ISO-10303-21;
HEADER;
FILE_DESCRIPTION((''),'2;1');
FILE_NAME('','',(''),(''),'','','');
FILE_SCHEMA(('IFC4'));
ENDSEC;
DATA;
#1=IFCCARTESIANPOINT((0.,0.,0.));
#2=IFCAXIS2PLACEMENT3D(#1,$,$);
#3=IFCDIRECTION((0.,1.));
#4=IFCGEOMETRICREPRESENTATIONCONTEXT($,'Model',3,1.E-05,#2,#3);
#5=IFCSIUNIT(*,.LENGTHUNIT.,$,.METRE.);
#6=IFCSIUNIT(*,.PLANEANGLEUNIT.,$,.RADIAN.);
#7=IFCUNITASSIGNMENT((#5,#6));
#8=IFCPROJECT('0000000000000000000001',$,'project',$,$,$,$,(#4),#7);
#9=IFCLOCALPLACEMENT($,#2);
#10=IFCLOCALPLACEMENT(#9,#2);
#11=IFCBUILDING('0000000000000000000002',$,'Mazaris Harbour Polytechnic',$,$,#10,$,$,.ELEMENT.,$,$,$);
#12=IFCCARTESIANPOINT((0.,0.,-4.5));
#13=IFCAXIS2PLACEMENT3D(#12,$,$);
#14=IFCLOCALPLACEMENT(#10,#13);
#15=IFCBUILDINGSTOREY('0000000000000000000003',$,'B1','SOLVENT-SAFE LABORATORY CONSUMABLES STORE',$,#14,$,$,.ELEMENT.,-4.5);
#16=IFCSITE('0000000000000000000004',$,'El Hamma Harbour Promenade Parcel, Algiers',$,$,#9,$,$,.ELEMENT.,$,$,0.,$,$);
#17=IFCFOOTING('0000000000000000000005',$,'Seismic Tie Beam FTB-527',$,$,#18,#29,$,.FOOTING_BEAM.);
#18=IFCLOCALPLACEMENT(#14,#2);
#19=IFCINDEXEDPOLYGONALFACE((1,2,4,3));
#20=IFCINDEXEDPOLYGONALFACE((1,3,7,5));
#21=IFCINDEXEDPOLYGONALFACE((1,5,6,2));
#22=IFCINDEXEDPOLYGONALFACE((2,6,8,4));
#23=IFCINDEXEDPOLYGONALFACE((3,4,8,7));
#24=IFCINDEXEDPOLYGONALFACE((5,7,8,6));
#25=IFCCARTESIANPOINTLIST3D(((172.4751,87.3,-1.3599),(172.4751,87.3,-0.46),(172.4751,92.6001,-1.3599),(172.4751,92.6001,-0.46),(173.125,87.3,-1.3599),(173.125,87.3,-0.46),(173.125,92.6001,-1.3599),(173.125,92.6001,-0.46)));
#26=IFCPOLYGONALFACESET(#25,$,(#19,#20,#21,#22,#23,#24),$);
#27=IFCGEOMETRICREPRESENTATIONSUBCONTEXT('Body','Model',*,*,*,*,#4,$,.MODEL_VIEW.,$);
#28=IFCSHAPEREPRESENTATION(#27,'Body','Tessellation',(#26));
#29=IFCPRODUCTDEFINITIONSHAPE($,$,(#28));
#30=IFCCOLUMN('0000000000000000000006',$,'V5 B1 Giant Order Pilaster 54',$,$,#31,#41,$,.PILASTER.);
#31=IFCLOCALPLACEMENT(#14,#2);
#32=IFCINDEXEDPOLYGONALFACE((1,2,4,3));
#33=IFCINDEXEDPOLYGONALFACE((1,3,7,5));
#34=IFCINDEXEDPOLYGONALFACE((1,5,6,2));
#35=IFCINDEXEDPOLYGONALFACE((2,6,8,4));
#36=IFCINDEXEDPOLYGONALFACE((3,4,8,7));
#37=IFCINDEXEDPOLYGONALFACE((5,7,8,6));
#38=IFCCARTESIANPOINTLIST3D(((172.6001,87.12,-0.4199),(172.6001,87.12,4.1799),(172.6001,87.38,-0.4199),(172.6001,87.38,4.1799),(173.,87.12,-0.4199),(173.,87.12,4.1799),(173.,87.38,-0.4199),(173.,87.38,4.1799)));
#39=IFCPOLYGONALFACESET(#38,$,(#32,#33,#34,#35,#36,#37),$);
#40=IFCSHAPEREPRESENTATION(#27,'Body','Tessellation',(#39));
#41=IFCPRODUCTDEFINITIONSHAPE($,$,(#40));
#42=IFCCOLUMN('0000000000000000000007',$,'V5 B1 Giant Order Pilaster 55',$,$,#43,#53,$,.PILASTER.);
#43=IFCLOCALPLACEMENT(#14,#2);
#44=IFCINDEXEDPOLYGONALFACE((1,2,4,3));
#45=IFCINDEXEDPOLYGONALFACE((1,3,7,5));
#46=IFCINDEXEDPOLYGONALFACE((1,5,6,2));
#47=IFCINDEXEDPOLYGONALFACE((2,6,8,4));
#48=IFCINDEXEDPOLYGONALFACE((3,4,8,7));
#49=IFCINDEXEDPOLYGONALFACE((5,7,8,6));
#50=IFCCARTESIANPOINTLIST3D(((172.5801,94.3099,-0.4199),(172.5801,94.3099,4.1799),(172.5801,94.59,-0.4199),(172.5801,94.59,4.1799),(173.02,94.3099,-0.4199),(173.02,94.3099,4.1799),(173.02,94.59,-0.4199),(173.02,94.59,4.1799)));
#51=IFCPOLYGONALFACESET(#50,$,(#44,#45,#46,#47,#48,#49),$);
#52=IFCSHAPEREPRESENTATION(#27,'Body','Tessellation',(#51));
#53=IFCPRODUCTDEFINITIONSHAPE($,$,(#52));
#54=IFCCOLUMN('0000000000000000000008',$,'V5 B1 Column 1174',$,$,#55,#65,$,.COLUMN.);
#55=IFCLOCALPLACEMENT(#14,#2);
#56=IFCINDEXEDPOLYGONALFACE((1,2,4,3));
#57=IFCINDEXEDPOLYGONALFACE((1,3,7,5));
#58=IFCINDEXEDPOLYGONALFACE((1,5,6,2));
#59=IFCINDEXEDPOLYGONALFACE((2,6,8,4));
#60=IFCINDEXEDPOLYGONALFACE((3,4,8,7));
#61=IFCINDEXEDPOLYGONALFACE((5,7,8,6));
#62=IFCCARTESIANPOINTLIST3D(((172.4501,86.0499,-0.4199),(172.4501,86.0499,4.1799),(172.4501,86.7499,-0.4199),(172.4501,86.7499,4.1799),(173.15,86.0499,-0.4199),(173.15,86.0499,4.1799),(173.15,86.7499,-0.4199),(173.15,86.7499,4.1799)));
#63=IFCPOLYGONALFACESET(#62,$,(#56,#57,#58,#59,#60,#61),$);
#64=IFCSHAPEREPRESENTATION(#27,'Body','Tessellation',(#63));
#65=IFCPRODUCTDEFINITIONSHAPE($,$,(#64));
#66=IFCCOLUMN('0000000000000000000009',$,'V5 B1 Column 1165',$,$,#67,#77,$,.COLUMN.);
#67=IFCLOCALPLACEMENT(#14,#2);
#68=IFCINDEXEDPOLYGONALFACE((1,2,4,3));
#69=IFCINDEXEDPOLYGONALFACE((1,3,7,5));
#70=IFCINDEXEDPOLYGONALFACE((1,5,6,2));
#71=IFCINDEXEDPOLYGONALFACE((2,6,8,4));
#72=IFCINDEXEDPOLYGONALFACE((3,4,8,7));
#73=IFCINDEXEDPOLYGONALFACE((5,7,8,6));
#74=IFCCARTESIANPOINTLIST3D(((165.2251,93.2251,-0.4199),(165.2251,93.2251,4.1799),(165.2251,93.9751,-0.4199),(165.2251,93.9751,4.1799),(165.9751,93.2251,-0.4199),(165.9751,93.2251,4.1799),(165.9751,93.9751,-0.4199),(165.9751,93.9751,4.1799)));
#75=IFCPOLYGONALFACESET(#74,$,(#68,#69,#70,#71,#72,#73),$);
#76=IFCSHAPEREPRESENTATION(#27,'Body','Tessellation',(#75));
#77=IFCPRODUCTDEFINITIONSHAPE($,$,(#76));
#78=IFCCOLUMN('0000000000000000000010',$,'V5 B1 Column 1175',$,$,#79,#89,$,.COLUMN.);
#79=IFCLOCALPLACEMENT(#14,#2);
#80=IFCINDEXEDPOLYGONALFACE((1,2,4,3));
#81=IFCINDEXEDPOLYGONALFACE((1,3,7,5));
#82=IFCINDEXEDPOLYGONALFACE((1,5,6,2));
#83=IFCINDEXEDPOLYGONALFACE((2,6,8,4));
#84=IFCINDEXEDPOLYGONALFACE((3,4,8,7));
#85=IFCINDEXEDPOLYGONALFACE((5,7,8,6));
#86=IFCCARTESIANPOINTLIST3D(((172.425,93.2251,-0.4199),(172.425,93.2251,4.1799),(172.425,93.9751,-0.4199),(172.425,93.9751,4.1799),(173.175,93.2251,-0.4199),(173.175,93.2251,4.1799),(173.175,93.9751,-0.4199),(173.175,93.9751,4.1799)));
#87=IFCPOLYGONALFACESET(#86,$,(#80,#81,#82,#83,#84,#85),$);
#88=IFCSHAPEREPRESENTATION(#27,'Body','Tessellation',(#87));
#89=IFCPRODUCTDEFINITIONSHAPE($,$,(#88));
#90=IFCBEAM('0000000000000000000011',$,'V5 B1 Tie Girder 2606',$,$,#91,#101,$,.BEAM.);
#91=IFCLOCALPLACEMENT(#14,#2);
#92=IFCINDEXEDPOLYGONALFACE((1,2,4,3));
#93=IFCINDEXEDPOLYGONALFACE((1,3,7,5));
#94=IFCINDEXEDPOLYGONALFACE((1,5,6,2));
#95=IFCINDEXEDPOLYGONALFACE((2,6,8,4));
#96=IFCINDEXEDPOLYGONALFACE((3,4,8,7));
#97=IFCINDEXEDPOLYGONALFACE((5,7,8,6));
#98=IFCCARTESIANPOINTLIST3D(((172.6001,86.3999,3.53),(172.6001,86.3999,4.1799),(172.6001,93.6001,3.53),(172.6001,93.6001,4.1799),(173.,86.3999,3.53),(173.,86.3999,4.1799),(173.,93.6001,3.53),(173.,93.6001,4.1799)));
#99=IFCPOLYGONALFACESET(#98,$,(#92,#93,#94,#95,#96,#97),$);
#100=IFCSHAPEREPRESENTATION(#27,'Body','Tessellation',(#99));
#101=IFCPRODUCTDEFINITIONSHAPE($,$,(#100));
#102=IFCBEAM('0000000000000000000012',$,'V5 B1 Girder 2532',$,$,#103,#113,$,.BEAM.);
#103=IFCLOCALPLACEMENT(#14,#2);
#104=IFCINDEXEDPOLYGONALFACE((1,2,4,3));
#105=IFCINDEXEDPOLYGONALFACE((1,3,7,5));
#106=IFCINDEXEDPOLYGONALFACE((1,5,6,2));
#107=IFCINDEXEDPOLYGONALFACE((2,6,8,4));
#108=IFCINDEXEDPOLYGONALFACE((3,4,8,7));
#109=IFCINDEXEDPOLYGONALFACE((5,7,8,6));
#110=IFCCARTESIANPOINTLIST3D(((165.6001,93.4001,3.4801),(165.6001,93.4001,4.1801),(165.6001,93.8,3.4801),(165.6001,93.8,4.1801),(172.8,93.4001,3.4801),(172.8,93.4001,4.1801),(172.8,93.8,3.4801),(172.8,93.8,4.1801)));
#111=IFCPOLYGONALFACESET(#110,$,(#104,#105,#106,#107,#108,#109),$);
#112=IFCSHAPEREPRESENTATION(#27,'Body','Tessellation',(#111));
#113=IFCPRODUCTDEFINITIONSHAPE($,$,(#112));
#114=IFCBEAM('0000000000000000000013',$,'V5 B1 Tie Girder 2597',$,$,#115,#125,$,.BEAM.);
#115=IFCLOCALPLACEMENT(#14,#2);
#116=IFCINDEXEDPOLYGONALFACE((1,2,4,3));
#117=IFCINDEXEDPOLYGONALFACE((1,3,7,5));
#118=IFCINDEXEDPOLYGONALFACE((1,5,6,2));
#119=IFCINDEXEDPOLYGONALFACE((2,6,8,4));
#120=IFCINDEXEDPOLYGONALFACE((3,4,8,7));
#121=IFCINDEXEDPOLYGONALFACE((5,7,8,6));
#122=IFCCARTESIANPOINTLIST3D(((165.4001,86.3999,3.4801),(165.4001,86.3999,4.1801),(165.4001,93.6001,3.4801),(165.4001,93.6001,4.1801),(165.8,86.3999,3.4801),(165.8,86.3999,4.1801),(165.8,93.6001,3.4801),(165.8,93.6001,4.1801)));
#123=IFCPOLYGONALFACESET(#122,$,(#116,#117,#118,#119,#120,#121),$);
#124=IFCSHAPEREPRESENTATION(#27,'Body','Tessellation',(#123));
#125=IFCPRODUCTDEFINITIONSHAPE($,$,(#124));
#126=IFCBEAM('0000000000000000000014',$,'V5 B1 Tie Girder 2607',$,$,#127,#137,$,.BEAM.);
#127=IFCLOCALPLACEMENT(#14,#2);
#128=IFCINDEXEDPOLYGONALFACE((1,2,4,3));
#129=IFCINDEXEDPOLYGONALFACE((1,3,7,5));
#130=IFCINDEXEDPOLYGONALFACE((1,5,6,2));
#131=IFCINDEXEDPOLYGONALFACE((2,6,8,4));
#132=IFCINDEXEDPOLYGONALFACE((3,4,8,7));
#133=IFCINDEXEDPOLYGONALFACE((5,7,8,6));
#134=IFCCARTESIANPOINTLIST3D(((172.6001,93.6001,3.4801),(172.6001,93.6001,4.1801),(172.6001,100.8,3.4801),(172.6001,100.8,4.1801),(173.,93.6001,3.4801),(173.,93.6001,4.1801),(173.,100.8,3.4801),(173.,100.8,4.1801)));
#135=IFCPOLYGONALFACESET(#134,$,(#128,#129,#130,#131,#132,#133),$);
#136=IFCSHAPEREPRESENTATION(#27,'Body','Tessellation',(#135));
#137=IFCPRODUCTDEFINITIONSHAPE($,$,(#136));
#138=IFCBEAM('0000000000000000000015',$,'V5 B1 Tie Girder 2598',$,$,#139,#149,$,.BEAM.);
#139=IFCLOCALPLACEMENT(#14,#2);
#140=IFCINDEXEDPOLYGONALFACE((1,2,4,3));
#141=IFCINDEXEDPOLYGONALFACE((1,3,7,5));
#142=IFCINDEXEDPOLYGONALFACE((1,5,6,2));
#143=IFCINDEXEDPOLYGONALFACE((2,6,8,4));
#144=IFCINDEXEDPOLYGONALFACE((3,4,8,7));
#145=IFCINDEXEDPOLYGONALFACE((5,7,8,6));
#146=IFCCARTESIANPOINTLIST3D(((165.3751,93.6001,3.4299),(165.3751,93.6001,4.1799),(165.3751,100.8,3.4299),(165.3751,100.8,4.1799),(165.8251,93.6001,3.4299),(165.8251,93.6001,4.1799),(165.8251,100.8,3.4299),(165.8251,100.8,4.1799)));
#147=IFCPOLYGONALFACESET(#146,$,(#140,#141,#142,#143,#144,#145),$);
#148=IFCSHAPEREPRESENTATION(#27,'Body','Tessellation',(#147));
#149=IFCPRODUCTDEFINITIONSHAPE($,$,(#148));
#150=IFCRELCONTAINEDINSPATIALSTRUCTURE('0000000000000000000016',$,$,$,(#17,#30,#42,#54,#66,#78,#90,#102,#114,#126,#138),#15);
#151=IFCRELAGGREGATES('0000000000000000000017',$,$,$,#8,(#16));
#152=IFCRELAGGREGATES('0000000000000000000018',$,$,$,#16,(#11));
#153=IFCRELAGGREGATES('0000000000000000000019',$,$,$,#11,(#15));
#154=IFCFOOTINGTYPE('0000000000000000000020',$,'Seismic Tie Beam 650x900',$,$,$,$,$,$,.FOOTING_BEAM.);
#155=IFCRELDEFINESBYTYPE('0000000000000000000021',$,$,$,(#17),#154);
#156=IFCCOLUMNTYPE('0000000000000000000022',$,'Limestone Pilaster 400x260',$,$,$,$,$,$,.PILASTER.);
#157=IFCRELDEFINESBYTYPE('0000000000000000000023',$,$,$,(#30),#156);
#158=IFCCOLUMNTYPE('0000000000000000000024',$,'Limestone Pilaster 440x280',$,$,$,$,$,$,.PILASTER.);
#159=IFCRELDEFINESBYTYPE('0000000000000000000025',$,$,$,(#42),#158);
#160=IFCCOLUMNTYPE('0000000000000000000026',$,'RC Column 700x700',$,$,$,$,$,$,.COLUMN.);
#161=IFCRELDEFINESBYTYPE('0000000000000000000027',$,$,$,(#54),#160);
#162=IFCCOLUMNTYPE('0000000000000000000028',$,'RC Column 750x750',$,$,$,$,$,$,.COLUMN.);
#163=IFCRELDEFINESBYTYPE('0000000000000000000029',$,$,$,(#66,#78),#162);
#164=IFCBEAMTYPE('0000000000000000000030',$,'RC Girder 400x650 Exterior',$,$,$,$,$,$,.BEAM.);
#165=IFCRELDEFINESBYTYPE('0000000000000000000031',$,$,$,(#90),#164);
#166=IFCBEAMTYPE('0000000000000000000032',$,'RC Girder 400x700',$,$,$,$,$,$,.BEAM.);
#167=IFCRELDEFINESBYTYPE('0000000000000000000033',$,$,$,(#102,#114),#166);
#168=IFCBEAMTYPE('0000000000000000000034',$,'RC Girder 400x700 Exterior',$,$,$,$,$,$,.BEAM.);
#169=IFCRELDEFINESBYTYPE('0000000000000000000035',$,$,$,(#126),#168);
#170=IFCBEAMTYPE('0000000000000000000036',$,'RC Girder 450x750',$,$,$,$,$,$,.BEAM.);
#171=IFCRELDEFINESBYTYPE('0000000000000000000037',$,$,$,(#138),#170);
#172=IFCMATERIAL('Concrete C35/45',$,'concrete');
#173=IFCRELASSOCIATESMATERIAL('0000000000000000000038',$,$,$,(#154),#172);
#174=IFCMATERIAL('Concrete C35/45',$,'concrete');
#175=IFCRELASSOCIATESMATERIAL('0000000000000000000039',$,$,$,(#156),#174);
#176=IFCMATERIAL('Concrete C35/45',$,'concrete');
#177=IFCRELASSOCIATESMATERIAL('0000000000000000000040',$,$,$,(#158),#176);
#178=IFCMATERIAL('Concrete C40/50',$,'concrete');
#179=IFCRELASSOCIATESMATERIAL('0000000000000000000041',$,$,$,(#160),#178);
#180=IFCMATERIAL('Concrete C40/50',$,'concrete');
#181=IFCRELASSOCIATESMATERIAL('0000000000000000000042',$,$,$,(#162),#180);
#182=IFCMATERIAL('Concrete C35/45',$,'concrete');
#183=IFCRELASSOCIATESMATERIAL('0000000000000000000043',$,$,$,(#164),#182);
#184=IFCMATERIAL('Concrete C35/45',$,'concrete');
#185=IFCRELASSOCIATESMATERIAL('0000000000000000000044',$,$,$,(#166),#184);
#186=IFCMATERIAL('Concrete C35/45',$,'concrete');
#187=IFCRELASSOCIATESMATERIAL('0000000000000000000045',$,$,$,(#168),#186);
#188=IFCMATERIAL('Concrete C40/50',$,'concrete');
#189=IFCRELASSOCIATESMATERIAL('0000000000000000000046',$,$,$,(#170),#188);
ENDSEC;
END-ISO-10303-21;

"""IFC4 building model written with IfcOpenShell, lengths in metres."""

from ifc_helpers import new_model, si_unit, direction, frame, origin, origin_2d, place, context, subcontext, project, spatial, rectangle, extrude, material, material_profile, profile_set, type_object, element, save


model = new_model("IFC4")

# Units and contexts
model_context = context("Model", 3, precision=1e-05, world=origin(), true_north=direction((0.0, 1.0)))
body_context = subcontext(model_context, "Body", "Model", "MODEL_VIEW")
ifc_project = project(units=[si_unit("LENGTHUNIT", "METRE"), si_unit("PLANEANGLEUNIT", "RADIAN")], contexts=[model_context])

# Site, building, storey
site_placement = place(None, origin())
site = spatial("IfcSite", under=ifc_project, at=site_placement, Name="El Hamma Harbour Promenade Parcel, Algiers", CompositionType="ELEMENT", RefElevation=0.0)
building_placement = place(site_placement, origin())
building = spatial("IfcBuilding", under=site, at=building_placement, Name="Mazaris Harbour Polytechnic", CompositionType="ELEMENT")
storey_placement = place(building_placement, frame((0.0, 0.0, -4.5)))
storey = spatial("IfcBuildingStorey", under=building, at=storey_placement, Name="B1", Description="SOLVENT-SAFE LABORATORY CONSUMABLES STORE", CompositionType="ELEMENT", Elevation=-4.5)

# Footing
ifc_material_1 = material(Name="Concrete C35/45", Category="concrete")
ifc_material_profile_1 = material_profile(ifc_material_1, rectangle(XDim=0.6499, YDim=0.8999, at=origin_2d()), Name="RECT650x900")
ifc_profile_set_1 = profile_set([ifc_material_profile_1], Name="Concrete C35/45")
footing_type_1 = type_object("IfcFootingType", Name="Seismic Tie Beam 650x900", PredefinedType="FOOTING_BEAM", material=ifc_profile_set_1)
footing_1_placement = place(storey_placement, frame((172.8, 87.3, -0.9099), z_axis=(0.0, 1.0, 0.0), x_axis=(-1.0, 0.0, 0.0)))
element("IfcFooting", 1, at=footing_1_placement, inside=storey, type_object=footing_type_1, Name="Seismic Tie Beam FTB-527", PredefinedType="FOOTING_BEAM", context=body_context, shape_type="SweptSolid", body=[
    extrude(rectangle(XDim=0.6499, YDim=0.8999, at=origin_2d()), origin(), (0.0, 0.0, 1.0), 5.3),
])

# Columns
ifc_material_2 = material(Name="Concrete C35/45", Category="concrete")
ifc_material_profile_2 = material_profile(ifc_material_2, rectangle(XDim=0.3999, YDim=0.26, at=origin_2d()), Name="RECT400x260")
ifc_profile_set_2 = profile_set([ifc_material_profile_2], Name="Concrete C35/45")
column_type_1 = type_object("IfcColumnType", Name="Limestone Pilaster 400x260", PredefinedType="PILASTER", material=ifc_profile_set_2)
column_1_placement = place(storey_placement, frame((172.8, 87.25, -0.4199), z_axis=(0.0, 0.0, 1.0), x_axis=(1.0, 0.0, 0.0)))
element("IfcColumn", 2, at=column_1_placement, inside=storey, type_object=column_type_1, Name="V5 B1 Giant Order Pilaster 54", PredefinedType="PILASTER", context=body_context, shape_type="SweptSolid", body=[
    extrude(rectangle(XDim=0.3999, YDim=0.26, at=origin_2d()), origin(), (0.0, 0.0, 1.0), 4.5999),
])
ifc_material_3 = material(Name="Concrete C35/45", Category="concrete")
ifc_material_profile_3 = material_profile(ifc_material_3, rectangle(XDim=0.4399, YDim=0.28, at=origin_2d()), Name="RECT440x280")
ifc_profile_set_3 = profile_set([ifc_material_profile_3], Name="Concrete C35/45")
column_type_2 = type_object("IfcColumnType", Name="Limestone Pilaster 440x280", PredefinedType="PILASTER", material=ifc_profile_set_3)
column_2_placement = place(storey_placement, frame((172.8, 94.45, -0.4199), z_axis=(0.0, 0.0, 1.0), x_axis=(1.0, 0.0, 0.0)))
element("IfcColumn", 3, at=column_2_placement, inside=storey, type_object=column_type_2, Name="V5 B1 Giant Order Pilaster 55", PredefinedType="PILASTER", context=body_context, shape_type="SweptSolid", body=[
    extrude(rectangle(XDim=0.4399, YDim=0.28, at=origin_2d()), origin(), (0.0, 0.0, 1.0), 4.5999),
])
ifc_material_4 = material(Name="Concrete C40/50", Category="concrete")
ifc_material_profile_4 = material_profile(ifc_material_4, rectangle(XDim=0.7, YDim=0.7, at=origin_2d()), Name="RECT700x700")
ifc_profile_set_4 = profile_set([ifc_material_profile_4], Name="Concrete C40/50")
column_type_3 = type_object("IfcColumnType", Name="RC Column 700x700", PredefinedType="COLUMN", material=ifc_profile_set_4)
column_3_placement = place(storey_placement, frame((172.8, 86.3999, -0.4199), z_axis=(0.0, 0.0, 1.0), x_axis=(1.0, 0.0, 0.0)))
element("IfcColumn", 4, at=column_3_placement, inside=storey, type_object=column_type_3, Name="V5 B1 Column 1174", PredefinedType="COLUMN", context=body_context, shape_type="SweptSolid", body=[
    extrude(rectangle(XDim=0.7, YDim=0.7, at=origin_2d()), origin(), (0.0, 0.0, 1.0), 4.5999),
])
ifc_material_5 = material(Name="Concrete C40/50", Category="concrete")
ifc_material_profile_5 = material_profile(ifc_material_5, rectangle(XDim=0.75, YDim=0.75, at=origin_2d()), Name="RECT750x750")
ifc_profile_set_5 = profile_set([ifc_material_profile_5], Name="Concrete C40/50")
column_type_4 = type_object("IfcColumnType", Name="RC Column 750x750", PredefinedType="COLUMN", material=ifc_profile_set_5)
for number, where, z_axis, x_axis, name in (
    (5, (165.6001, 93.6001, -0.4199), (0.0, 0.0, 1.0), (1.0, 0.0, 0.0), "V5 B1 Column 1165"),
    (6, (172.8, 93.6001, -0.4199), (0.0, 0.0, 1.0), (1.0, 0.0, 0.0), "V5 B1 Column 1175"),
):
    element("IfcColumn", number, at=place(storey_placement, frame(where, z_axis=z_axis, x_axis=x_axis)), inside=storey, type_object=column_type_4, Name=name, PredefinedType="COLUMN", context=body_context, shape_type="SweptSolid", body=[
        extrude(rectangle(XDim=0.75, YDim=0.75, at=origin_2d()), origin(), (0.0, 0.0, 1.0), 4.5999),
    ])

# Beams
ifc_material_6 = material(Name="Concrete C35/45", Category="concrete")
ifc_material_profile_6 = material_profile(ifc_material_6, rectangle(XDim=0.3999, YDim=0.6499, at=origin_2d()), Name="RECT400x650")
ifc_profile_set_6 = profile_set([ifc_material_profile_6], Name="Concrete C35/45")
beam_type_1 = type_object("IfcBeamType", Name="RC Girder 400x650 Exterior", PredefinedType="BEAM", material=ifc_profile_set_6)
beam_1_placement = place(storey_placement, frame((172.8, 86.3999, 3.855), z_axis=(0.0, 1.0, 0.0), x_axis=(-1.0, 0.0, 0.0)))
element("IfcBeam", 7, at=beam_1_placement, inside=storey, type_object=beam_type_1, Name="V5 B1 Tie Girder 2606", PredefinedType="BEAM", context=body_context, shape_type="SweptSolid", body=[
    extrude(rectangle(XDim=0.3999, YDim=0.6499, at=origin_2d()), origin(), (0.0, 0.0, 1.0), 7.2002),
])
ifc_material_7 = material(Name="Concrete C35/45", Category="concrete")
ifc_material_profile_7 = material_profile(ifc_material_7, rectangle(XDim=0.3999, YDim=0.7, at=origin_2d()), Name="RECT400x700")
ifc_profile_set_7 = profile_set([ifc_material_profile_7], Name="Concrete C35/45")
beam_type_2 = type_object("IfcBeamType", Name="RC Girder 400x700", PredefinedType="BEAM", material=ifc_profile_set_7)
beam_2_placement = place(storey_placement, frame((165.6001, 93.6001, 3.8301), z_axis=(1.0, 0.0, 0.0), x_axis=(0.0, 1.0, 0.0)))
element("IfcBeam", 8, at=beam_2_placement, inside=storey, type_object=beam_type_2, Name="V5 B1 Girder 2532", PredefinedType="BEAM", context=body_context, shape_type="SweptSolid", body=[
    extrude(rectangle(XDim=0.3999, YDim=0.7, at=origin_2d()), origin(), (0.0, 0.0, 1.0), 7.2),
])
beam_3_placement = place(storey_placement, frame((165.6001, 86.3999, 3.8301), z_axis=(0.0, 1.0, 0.0), x_axis=(-1.0, 0.0, 0.0)))
element("IfcBeam", 9, at=beam_3_placement, inside=storey, type_object=beam_type_2, Name="V5 B1 Tie Girder 2597", PredefinedType="BEAM", context=body_context, shape_type="SweptSolid", body=[
    extrude(rectangle(XDim=0.3999, YDim=0.7, at=origin_2d()), origin(), (0.0, 0.0, 1.0), 7.2002),
])
ifc_material_8 = material(Name="Concrete C35/45", Category="concrete")
ifc_material_profile_8 = material_profile(ifc_material_8, rectangle(XDim=0.3999, YDim=0.7, at=origin_2d()), Name="RECT400x700")
ifc_profile_set_8 = profile_set([ifc_material_profile_8], Name="Concrete C35/45")
beam_type_3 = type_object("IfcBeamType", Name="RC Girder 400x700 Exterior", PredefinedType="BEAM", material=ifc_profile_set_8)
beam_4_placement = place(storey_placement, frame((172.8, 93.6001, 3.8301), z_axis=(0.0, 1.0, 0.0), x_axis=(-1.0, 0.0, 0.0)))
element("IfcBeam", 10, at=beam_4_placement, inside=storey, type_object=beam_type_3, Name="V5 B1 Tie Girder 2607", PredefinedType="BEAM", context=body_context, shape_type="SweptSolid", body=[
    extrude(rectangle(XDim=0.3999, YDim=0.7, at=origin_2d()), origin(), (0.0, 0.0, 1.0), 7.2),
])
ifc_material_9 = material(Name="Concrete C40/50", Category="concrete")
ifc_material_profile_9 = material_profile(ifc_material_9, rectangle(XDim=0.45, YDim=0.75, at=origin_2d()), Name="RECT450x750")
ifc_profile_set_9 = profile_set([ifc_material_profile_9], Name="Concrete C40/50")
beam_type_4 = type_object("IfcBeamType", Name="RC Girder 450x750", PredefinedType="BEAM", material=ifc_profile_set_9)
beam_5_placement = place(storey_placement, frame((165.6001, 93.6001, 3.8049), z_axis=(0.0, 1.0, 0.0), x_axis=(-1.0, 0.0, 0.0)))
element("IfcBeam", 11, at=beam_5_placement, inside=storey, type_object=beam_type_4, Name="V5 B1 Tie Girder 2598", PredefinedType="BEAM", context=body_context, shape_type="SweptSolid", body=[
    extrude(rectangle(XDim=0.45, YDim=0.75, at=origin_2d()), origin(), (0.0, 0.0, 1.0), 7.2),
])

save(model, "model.ifc")
